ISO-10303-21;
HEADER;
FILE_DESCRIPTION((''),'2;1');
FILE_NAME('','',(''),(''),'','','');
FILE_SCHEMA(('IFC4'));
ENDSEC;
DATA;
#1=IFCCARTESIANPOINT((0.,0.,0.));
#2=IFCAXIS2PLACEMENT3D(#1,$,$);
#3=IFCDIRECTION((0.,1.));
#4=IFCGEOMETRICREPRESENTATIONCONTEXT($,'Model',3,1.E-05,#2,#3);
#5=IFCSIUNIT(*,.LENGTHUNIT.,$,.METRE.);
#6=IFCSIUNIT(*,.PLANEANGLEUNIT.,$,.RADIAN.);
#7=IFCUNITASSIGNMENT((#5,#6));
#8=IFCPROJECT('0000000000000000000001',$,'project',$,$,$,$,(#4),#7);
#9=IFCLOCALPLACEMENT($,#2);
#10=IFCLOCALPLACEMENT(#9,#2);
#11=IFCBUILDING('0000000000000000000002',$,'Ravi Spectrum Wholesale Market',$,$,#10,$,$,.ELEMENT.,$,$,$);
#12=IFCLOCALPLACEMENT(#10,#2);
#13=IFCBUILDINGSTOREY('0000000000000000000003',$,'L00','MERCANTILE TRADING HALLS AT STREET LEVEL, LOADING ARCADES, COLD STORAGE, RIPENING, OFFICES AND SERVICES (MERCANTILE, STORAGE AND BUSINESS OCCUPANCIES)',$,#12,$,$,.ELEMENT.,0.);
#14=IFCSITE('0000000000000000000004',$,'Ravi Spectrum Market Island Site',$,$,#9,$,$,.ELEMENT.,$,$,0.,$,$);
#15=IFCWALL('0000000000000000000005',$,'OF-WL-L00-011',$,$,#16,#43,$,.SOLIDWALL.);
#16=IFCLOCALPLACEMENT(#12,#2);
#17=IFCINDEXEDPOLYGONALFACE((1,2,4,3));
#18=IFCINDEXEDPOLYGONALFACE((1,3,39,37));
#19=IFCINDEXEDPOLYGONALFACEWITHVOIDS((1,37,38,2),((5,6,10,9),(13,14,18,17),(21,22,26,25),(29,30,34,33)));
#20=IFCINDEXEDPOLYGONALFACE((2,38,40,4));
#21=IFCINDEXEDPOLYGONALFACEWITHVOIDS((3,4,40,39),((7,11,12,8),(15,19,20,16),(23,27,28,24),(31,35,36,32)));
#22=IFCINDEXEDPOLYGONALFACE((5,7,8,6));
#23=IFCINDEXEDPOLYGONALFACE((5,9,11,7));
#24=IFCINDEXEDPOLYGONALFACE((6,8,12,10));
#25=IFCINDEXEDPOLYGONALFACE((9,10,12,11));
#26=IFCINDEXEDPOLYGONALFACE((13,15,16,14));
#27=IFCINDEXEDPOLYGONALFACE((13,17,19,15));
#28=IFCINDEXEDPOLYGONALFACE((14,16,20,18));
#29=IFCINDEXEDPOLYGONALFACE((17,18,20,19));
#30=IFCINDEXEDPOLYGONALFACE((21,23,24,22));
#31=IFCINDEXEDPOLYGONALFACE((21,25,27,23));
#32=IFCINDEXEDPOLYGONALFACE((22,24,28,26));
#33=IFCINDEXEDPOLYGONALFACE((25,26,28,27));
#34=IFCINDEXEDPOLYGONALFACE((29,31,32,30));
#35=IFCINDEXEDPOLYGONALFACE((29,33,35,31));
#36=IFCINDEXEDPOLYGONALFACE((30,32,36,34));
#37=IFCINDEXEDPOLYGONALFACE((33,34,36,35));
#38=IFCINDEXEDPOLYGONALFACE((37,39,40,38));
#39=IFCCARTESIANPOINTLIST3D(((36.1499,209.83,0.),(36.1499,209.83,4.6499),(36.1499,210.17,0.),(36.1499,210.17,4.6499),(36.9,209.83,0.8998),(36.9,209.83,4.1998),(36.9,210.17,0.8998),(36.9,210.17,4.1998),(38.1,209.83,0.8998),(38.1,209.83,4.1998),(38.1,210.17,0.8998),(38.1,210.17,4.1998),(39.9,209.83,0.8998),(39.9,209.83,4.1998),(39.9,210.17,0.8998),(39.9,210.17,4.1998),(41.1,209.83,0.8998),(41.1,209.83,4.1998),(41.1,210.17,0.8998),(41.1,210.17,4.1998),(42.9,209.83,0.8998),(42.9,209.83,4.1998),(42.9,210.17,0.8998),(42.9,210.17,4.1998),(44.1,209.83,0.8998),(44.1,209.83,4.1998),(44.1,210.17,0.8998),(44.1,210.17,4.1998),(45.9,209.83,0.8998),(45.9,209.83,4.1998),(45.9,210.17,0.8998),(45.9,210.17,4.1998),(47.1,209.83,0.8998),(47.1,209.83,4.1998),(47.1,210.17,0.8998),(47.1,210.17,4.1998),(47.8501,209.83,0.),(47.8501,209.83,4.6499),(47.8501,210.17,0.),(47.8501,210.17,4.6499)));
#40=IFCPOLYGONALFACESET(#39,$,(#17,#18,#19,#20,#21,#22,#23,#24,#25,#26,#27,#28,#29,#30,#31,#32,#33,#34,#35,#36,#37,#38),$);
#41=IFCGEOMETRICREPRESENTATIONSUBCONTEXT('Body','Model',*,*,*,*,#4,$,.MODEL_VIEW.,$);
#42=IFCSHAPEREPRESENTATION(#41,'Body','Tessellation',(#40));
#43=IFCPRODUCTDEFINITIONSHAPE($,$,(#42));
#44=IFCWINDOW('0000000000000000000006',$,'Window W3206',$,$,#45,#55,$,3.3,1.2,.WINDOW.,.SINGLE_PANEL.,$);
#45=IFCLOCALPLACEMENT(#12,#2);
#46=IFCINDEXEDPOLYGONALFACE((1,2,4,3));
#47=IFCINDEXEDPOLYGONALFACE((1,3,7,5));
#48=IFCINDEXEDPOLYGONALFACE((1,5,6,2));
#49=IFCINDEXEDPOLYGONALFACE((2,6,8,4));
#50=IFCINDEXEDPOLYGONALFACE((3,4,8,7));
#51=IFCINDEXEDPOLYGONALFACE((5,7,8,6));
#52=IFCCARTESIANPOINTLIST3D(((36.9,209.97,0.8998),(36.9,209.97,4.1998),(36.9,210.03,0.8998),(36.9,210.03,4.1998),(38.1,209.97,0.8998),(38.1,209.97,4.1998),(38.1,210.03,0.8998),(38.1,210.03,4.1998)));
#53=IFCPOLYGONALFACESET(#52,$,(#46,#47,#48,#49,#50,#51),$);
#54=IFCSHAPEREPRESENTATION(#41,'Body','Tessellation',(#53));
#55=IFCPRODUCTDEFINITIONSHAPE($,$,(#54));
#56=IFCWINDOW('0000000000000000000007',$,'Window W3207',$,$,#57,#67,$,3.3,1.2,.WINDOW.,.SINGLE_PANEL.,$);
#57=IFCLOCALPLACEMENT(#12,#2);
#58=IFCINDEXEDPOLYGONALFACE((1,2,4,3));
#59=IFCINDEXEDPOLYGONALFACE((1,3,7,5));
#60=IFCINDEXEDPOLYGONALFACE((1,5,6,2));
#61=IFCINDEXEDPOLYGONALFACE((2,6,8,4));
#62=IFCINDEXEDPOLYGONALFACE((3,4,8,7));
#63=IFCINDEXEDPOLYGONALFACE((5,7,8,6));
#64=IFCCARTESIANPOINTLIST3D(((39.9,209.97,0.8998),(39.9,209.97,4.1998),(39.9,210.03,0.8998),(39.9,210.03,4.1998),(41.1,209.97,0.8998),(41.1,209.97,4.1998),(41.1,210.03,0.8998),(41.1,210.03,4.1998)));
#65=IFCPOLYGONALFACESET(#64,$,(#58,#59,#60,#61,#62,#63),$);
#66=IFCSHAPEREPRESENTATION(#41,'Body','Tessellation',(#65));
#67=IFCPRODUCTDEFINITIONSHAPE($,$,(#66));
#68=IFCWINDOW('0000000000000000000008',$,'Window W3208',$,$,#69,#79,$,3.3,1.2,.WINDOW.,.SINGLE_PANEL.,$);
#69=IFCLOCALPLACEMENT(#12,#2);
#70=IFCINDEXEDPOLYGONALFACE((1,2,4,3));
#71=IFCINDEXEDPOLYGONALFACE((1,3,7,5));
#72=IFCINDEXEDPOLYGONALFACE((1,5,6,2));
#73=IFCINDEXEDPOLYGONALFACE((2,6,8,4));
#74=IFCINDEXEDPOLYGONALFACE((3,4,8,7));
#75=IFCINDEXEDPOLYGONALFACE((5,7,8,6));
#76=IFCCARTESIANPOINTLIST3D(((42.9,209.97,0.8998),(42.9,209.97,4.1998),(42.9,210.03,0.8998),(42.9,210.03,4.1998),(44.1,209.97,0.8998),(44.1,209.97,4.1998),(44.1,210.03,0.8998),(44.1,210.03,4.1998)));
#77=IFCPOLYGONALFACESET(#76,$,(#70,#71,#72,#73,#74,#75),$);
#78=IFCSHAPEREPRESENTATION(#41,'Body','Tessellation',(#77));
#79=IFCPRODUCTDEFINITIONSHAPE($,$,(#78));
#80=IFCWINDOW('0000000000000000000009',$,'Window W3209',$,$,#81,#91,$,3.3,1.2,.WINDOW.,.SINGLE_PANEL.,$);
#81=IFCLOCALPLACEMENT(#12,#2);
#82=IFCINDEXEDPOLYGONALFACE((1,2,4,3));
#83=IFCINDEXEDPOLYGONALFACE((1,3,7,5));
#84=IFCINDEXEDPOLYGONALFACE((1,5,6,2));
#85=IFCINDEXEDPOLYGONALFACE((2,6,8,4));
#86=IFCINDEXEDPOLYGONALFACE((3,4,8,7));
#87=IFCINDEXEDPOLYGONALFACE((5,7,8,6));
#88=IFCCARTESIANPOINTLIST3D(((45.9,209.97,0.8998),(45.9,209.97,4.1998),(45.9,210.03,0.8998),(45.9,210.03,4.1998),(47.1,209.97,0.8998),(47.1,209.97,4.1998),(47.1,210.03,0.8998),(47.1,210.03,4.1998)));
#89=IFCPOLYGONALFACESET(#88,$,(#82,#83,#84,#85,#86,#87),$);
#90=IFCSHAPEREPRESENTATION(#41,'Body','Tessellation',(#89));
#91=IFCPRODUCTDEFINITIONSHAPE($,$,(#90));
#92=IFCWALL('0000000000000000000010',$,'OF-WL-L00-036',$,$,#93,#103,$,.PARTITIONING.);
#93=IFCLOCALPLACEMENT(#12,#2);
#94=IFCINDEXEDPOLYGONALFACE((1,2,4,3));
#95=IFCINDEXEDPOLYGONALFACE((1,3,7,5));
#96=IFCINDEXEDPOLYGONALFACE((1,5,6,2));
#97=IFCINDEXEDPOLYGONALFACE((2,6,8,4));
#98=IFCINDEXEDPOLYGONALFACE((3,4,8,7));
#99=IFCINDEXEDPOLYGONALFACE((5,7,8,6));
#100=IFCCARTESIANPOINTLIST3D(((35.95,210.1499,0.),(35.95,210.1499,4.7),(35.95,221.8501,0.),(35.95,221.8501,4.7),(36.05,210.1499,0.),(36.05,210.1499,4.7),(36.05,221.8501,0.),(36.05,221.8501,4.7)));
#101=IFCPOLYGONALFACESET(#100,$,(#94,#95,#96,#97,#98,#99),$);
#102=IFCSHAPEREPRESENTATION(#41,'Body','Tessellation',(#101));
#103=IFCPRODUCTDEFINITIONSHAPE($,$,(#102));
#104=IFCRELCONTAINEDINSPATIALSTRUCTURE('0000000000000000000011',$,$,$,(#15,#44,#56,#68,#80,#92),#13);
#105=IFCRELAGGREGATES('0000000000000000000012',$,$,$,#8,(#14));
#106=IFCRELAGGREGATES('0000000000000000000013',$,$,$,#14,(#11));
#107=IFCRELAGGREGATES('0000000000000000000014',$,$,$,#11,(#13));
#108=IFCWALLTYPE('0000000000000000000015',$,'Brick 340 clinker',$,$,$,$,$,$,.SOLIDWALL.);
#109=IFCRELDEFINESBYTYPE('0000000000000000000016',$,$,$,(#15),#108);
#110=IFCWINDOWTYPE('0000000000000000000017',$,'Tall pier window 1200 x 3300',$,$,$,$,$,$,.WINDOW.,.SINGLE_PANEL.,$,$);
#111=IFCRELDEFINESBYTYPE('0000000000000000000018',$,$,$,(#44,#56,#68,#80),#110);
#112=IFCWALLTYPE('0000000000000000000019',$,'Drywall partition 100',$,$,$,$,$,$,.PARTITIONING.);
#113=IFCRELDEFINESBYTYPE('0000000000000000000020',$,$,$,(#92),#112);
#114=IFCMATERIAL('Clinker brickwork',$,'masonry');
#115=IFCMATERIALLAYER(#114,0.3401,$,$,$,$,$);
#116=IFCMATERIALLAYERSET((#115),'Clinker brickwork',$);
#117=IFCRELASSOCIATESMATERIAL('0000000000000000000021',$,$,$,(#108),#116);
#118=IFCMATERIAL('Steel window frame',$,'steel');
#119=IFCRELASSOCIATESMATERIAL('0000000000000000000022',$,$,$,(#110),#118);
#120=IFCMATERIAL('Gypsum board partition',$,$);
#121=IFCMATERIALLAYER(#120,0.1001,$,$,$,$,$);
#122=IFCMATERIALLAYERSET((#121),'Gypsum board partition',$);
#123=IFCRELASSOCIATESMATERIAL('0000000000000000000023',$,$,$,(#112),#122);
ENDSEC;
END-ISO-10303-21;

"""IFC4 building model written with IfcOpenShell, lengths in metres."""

from ifc_helpers import new_model, si_unit, direction, frame, frame_2d, origin, place, context, subcontext, project, spatial, rectangle, extrude, material, layer, layer_set, type_object, element, fill, save


model = new_model("IFC4")

# Units and contexts
model_context = context("Model", 3, precision=1e-05, world=origin(), true_north=direction((0.0, 1.0)))
body_context = subcontext(model_context, "Body", "Model", "MODEL_VIEW")
ifc_project = project(units=[si_unit("LENGTHUNIT", "METRE"), si_unit("PLANEANGLEUNIT", "RADIAN")], contexts=[model_context])

# Site, building, storey
site_placement = place(None, origin())
site = spatial("IfcSite", under=ifc_project, at=site_placement, Name="Ravi Spectrum Market Island Site", CompositionType="ELEMENT", RefElevation=0.0)
building_placement = place(site_placement, origin())
building = spatial("IfcBuilding", under=site, at=building_placement, Name="Ravi Spectrum Wholesale Market", CompositionType="ELEMENT")
storey_placement = place(building_placement, origin())
storey = spatial("IfcBuildingStorey", under=building, at=storey_placement, Name="L00", Description="MERCANTILE TRADING HALLS AT STREET LEVEL, LOADING ARCADES, COLD STORAGE, RIPENING, OFFICES AND SERVICES (MERCANTILE, STORAGE AND BUSINESS OCCUPANCIES)", CompositionType="ELEMENT", Elevation=0.0)

# Shared definitions
ifc_material_1 = material(Name="Clinker brickwork", Category="masonry")
ifc_layer_1 = layer(ifc_material_1, 0.3401)
ifc_layer_set_1 = layer_set([ifc_layer_1], Name="Clinker brickwork")
wall_type_1 = type_object("IfcWallType", Name="Brick 340 clinker", PredefinedType="SOLIDWALL", material=ifc_layer_set_1)
ifc_material_2 = material(Name="Steel window frame", Category="steel")
window_type = type_object("IfcWindowType", Name="Tall pier window 1200 x 3300", PartitioningType="SINGLE_PANEL", PredefinedType="WINDOW", material=ifc_material_2)

# Wall, openings, windows
wall_1_placement = place(storey_placement, frame((36.1499, 210.0, 0.0), z_axis=(0.0, 0.0, 1.0), x_axis=(1.0, 0.0, 0.0)))
wall_1 = element("IfcWall", 1, at=wall_1_placement, inside=storey, type_object=wall_type_1, Name="OF-WL-L00-011", PredefinedType="SOLIDWALL", context=body_context, shape_type="SweptSolid", body=[
    extrude(rectangle(XDim=11.7002, YDim=0.3401, at=frame_2d((5.8501, 0.0))), origin(), (0.0, 0.0, 1.0), 4.6499),
])
opening_1_placement = place(wall_1_placement, frame((0.75, 0.0, 0.8999)))
opening_1 = element("IfcOpeningElement", 2, at=opening_1_placement, cuts=wall_1, PredefinedType="OPENING", context=body_context, shape_type="SweptSolid", body=[
    extrude(rectangle(XDim=1.2, YDim=3.3, at=frame_2d((0.6001, 1.6499))), frame((0.0, 0.1799, 0.0), z_axis=(0.0, -1.0, 0.0), x_axis=(1.0, 0.0, 0.0)), (0.0, 0.0, 1.0), 0.3601),
])
opening_2_placement = place(wall_1_placement, frame((3.75, 0.0, 0.8999)))
opening_2 = element("IfcOpeningElement", 3, at=opening_2_placement, cuts=wall_1, PredefinedType="OPENING", context=body_context, shape_type="SweptSolid", body=[
    extrude(rectangle(XDim=1.2, YDim=3.3, at=frame_2d((0.6001, 1.6499))), frame((0.0, 0.1799, 0.0), z_axis=(0.0, -1.0, 0.0), x_axis=(1.0, 0.0, 0.0)), (0.0, 0.0, 1.0), 0.3601),
])
opening_3_placement = place(wall_1_placement, frame((6.75, 0.0, 0.8999)))
opening_3 = element("IfcOpeningElement", 4, at=opening_3_placement, cuts=wall_1, PredefinedType="OPENING", context=body_context, shape_type="SweptSolid", body=[
    extrude(rectangle(XDim=1.2, YDim=3.3, at=frame_2d((0.6001, 1.6499))), frame((0.0, 0.1799, 0.0), z_axis=(0.0, -1.0, 0.0), x_axis=(1.0, 0.0, 0.0)), (0.0, 0.0, 1.0), 0.3601),
])
opening_4_placement = place(wall_1_placement, frame((9.75, 0.0, 0.8999)))
opening_4 = element("IfcOpeningElement", 5, at=opening_4_placement, cuts=wall_1, PredefinedType="OPENING", context=body_context, shape_type="SweptSolid", body=[
    extrude(rectangle(XDim=1.2, YDim=3.3, at=frame_2d((0.6001, 1.6499))), frame((0.0, 0.1799, 0.0), z_axis=(0.0, -1.0, 0.0), x_axis=(1.0, 0.0, 0.0)), (0.0, 0.0, 1.0), 0.3601),
])
window_1_placement = place(opening_1_placement, origin())
window_1 = element("IfcWindow", 6, at=window_1_placement, inside=storey, type_object=window_type, Name="Window W3206", OverallHeight=3.3, OverallWidth=1.2, PartitioningType="SINGLE_PANEL", PredefinedType="WINDOW", context=body_context, shape_type="SweptSolid", body=[
    extrude(rectangle(XDim=1.2, YDim=3.3, at=frame_2d((0.6001, 1.6499))), frame((0.0, 0.03, 0.0), z_axis=(0.0, -1.0, 0.0), x_axis=(1.0, 0.0, 0.0)), (0.0, 0.0, 1.0), 0.0601),
])
fill(opening_1, window_1)
window_2_placement = place(opening_2_placement, origin())
window_2 = element("IfcWindow", 7, at=window_2_placement, inside=storey, type_object=window_type, Name="Window W3207", OverallHeight=3.3, OverallWidth=1.2, PartitioningType="SINGLE_PANEL", PredefinedType="WINDOW", context=body_context, shape_type="SweptSolid", body=[
    extrude(rectangle(XDim=1.2, YDim=3.3, at=frame_2d((0.6001, 1.6499))), frame((0.0, 0.03, 0.0), z_axis=(0.0, -1.0, 0.0), x_axis=(1.0, 0.0, 0.0)), (0.0, 0.0, 1.0), 0.0601),
])
fill(opening_2, window_2)
window_3_placement = place(opening_3_placement, origin())
window_3 = element("IfcWindow", 8, at=window_3_placement, inside=storey, type_object=window_type, Name="Window W3208", OverallHeight=3.3, OverallWidth=1.2, PartitioningType="SINGLE_PANEL", PredefinedType="WINDOW", context=body_context, shape_type="SweptSolid", body=[
    extrude(rectangle(XDim=1.2, YDim=3.3, at=frame_2d((0.6001, 1.6499))), frame((0.0, 0.03, 0.0), z_axis=(0.0, -1.0, 0.0), x_axis=(1.0, 0.0, 0.0)), (0.0, 0.0, 1.0), 0.0601),
])
fill(opening_3, window_3)
window_4_placement = place(opening_4_placement, origin())
window_4 = element("IfcWindow", 9, at=window_4_placement, inside=storey, type_object=window_type, Name="Window W3209", OverallHeight=3.3, OverallWidth=1.2, PartitioningType="SINGLE_PANEL", PredefinedType="WINDOW", context=body_context, shape_type="SweptSolid", body=[
    extrude(rectangle(XDim=1.2, YDim=3.3, at=frame_2d((0.6001, 1.6499))), frame((0.0, 0.03, 0.0), z_axis=(0.0, -1.0, 0.0), x_axis=(1.0, 0.0, 0.0)), (0.0, 0.0, 1.0), 0.0601),
])
fill(opening_4, window_4)

# Wall
ifc_material_3 = material(Name="Gypsum board partition")
ifc_layer_2 = layer(ifc_material_3, 0.1001)
ifc_layer_set_2 = layer_set([ifc_layer_2], Name="Gypsum board partition")
wall_type_2 = type_object("IfcWallType", Name="Drywall partition 100", PredefinedType="PARTITIONING", material=ifc_layer_set_2)
wall_2_placement = place(storey_placement, frame((36.0, 210.1499, 0.0), z_axis=(0.0, 0.0, 1.0), x_axis=(0.0, 1.0, 0.0)))
element("IfcWall", 10, at=wall_2_placement, inside=storey, type_object=wall_type_2, Name="OF-WL-L00-036", PredefinedType="PARTITIONING", context=body_context, shape_type="SweptSolid", body=[
    extrude(rectangle(XDim=11.7002, YDim=0.1001, at=frame_2d((5.8501, 0.0))), origin(), (0.0, 0.0, 1.0), 4.7),
])

save(model, "model.ifc")
